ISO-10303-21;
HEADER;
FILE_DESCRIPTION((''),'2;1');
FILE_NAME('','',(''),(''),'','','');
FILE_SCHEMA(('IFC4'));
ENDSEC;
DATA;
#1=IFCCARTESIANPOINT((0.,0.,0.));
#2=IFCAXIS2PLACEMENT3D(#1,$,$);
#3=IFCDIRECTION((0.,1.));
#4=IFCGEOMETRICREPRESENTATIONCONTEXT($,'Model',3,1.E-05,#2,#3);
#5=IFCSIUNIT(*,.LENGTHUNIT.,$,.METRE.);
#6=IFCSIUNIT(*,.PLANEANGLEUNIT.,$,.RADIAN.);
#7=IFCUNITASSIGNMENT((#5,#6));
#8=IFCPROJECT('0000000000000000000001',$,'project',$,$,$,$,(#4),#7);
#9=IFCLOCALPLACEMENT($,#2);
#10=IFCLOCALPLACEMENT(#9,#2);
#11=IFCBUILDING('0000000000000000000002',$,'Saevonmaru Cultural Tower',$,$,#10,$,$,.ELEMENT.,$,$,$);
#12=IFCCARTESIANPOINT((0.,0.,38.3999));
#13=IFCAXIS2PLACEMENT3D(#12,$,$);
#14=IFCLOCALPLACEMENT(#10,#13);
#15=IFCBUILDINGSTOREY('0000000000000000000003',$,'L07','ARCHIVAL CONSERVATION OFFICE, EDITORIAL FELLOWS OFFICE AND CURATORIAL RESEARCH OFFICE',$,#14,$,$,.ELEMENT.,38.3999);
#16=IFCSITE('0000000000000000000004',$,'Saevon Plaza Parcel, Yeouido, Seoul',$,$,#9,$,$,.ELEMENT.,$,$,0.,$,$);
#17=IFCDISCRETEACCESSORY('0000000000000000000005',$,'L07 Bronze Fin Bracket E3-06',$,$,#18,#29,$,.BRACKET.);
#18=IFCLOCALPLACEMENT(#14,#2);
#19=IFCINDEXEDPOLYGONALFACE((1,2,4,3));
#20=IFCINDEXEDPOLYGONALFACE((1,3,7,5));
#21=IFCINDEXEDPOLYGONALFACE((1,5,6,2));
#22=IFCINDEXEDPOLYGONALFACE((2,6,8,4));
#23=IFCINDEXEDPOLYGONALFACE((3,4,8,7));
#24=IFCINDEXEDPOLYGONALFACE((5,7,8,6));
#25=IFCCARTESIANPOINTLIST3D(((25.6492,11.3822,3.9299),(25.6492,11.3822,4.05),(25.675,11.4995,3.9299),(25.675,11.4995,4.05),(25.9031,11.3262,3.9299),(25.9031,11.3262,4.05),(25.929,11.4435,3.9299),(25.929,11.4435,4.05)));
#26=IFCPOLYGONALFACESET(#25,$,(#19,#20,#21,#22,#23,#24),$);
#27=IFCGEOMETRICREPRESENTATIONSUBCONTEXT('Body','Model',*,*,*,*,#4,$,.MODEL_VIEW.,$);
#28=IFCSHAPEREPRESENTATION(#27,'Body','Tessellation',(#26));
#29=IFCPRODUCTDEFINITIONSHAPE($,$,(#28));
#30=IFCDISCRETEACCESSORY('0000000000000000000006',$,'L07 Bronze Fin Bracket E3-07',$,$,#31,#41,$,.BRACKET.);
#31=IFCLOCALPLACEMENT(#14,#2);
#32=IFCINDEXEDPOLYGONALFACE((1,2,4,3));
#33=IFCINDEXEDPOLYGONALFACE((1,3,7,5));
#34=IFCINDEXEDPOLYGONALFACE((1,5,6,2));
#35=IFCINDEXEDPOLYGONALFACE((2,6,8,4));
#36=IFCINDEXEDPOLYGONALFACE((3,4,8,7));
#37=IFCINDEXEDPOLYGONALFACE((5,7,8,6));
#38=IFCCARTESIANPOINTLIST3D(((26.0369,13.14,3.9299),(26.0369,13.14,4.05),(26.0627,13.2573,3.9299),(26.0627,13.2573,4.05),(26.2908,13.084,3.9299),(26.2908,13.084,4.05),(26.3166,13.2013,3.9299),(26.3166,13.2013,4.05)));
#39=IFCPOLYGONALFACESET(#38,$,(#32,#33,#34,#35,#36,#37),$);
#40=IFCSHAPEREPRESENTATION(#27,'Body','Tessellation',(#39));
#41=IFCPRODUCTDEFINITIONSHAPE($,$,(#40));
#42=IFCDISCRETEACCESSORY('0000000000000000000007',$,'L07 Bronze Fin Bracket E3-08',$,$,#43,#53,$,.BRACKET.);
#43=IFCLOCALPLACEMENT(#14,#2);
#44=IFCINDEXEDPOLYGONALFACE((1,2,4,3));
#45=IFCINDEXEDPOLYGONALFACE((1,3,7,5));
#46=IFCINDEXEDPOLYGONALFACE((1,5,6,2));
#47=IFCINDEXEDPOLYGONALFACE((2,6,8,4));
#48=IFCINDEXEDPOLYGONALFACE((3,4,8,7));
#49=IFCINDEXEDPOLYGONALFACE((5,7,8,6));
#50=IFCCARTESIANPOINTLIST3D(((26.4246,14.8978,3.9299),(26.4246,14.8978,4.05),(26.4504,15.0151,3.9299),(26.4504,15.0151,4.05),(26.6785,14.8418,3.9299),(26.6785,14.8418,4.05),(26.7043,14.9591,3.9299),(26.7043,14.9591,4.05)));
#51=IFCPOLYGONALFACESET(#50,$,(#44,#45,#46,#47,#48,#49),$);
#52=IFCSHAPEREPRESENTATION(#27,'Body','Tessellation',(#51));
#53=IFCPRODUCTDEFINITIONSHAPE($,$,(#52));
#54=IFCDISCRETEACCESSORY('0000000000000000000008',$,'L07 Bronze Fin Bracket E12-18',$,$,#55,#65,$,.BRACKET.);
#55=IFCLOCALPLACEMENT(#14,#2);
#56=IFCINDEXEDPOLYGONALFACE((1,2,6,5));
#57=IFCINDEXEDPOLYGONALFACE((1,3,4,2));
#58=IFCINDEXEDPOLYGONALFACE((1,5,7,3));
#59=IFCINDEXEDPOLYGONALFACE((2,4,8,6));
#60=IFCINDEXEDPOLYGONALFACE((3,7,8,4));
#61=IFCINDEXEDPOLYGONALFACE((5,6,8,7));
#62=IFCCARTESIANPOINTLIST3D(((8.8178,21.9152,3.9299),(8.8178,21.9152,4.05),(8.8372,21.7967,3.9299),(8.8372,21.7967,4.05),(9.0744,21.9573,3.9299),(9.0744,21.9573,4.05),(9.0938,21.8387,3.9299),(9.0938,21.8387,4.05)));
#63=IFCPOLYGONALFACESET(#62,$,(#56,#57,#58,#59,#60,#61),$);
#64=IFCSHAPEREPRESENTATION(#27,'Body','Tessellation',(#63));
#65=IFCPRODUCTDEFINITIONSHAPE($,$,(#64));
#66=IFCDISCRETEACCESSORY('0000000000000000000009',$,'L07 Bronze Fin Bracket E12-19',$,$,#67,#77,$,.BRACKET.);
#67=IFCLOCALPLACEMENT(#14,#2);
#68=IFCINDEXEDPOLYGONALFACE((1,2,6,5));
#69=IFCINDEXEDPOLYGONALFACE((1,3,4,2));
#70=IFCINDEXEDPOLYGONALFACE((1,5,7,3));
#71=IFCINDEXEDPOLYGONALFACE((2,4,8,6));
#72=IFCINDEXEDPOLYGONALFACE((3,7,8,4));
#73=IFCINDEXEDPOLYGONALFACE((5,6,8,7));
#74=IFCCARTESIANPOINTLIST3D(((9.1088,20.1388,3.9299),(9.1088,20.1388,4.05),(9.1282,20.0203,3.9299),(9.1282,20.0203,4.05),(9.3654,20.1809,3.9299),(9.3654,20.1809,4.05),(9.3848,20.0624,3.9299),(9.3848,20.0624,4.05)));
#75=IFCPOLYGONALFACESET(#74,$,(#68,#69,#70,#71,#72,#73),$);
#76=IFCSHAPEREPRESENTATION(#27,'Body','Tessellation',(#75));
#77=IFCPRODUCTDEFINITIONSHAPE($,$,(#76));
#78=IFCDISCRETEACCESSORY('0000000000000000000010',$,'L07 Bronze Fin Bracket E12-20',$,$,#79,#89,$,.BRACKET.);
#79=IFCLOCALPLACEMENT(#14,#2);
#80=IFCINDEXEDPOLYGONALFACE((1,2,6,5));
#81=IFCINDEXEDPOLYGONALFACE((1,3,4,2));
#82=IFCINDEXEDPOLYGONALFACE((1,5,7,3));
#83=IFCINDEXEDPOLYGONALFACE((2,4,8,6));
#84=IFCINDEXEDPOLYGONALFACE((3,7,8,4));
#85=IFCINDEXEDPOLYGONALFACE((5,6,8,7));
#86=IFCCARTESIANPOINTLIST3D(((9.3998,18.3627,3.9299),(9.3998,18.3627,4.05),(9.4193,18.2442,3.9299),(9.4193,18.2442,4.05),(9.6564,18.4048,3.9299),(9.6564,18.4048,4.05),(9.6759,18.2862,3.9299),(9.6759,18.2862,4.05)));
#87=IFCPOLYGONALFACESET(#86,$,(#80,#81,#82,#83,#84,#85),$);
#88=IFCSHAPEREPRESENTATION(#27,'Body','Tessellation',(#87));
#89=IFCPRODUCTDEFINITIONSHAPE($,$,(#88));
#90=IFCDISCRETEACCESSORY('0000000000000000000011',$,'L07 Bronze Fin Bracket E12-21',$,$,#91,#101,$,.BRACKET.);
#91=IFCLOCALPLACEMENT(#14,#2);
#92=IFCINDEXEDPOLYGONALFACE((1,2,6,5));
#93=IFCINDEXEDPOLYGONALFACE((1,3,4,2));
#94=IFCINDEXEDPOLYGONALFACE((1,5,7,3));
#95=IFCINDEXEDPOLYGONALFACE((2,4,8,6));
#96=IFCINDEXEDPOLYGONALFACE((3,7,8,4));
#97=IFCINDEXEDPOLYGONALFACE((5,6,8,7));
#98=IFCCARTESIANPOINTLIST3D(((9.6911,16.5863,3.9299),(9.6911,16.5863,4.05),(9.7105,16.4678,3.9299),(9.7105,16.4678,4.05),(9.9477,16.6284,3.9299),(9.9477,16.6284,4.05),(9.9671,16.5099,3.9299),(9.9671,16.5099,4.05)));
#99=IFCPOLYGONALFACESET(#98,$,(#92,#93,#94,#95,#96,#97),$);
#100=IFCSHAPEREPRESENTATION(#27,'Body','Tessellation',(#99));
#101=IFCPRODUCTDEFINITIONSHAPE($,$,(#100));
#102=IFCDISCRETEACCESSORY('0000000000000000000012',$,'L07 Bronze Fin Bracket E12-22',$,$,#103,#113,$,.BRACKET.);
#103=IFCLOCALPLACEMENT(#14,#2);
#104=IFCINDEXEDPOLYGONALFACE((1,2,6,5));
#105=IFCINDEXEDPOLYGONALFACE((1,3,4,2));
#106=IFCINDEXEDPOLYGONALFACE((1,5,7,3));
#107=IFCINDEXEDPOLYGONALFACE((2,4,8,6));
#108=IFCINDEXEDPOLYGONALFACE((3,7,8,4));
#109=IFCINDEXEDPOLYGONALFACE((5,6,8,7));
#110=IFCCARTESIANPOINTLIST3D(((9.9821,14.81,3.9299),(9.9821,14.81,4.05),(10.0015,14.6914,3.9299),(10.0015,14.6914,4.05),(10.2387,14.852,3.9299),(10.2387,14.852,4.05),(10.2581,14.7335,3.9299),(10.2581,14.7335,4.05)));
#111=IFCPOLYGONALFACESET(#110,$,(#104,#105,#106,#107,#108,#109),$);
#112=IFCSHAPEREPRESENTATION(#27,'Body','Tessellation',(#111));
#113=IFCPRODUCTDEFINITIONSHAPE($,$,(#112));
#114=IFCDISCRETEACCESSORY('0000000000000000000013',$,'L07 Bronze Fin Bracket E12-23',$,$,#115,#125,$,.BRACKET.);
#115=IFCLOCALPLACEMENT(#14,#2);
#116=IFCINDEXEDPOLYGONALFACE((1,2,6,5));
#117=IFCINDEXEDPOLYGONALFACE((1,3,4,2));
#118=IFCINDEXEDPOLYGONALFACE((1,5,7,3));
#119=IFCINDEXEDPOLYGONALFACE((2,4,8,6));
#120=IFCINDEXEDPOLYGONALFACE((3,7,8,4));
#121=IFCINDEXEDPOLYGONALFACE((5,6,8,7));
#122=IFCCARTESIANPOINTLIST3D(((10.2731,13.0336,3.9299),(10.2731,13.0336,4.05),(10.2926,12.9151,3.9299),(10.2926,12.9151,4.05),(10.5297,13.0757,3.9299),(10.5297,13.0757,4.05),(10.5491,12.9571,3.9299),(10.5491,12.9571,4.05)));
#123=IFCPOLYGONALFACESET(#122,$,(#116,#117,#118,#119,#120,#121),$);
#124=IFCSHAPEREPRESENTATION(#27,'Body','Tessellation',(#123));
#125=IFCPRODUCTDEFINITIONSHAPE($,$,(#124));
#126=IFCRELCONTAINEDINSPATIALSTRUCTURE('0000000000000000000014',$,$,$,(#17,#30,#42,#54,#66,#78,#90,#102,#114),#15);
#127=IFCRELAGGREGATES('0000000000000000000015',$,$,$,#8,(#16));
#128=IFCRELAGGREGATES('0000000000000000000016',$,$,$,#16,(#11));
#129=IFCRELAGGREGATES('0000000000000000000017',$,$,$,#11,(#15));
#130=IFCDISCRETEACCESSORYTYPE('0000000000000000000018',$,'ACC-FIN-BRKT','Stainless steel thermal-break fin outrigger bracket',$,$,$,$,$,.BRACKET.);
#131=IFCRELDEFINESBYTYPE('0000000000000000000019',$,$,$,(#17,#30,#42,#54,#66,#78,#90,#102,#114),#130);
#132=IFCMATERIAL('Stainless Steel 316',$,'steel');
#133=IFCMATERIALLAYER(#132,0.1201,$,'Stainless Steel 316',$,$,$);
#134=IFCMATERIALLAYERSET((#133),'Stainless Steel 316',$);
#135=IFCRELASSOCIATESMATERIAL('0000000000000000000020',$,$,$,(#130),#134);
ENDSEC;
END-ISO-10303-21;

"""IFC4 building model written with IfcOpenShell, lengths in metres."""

from ifc_helpers import new_model, si_unit, direction, frame, origin, origin_2d, place, context, subcontext, project, spatial, rectangle, extrude, material, layer, layer_set, type_object, element, save


model = new_model("IFC4")

# Units and contexts
model_context = context("Model", 3, precision=1e-05, world=origin(), true_north=direction((0.0, 1.0)))
body_context = subcontext(model_context, "Body", "Model", "MODEL_VIEW")
ifc_project = project(units=[si_unit("LENGTHUNIT", "METRE"), si_unit("PLANEANGLEUNIT", "RADIAN")], contexts=[model_context])

# Site, building, storey
site_placement = place(None, origin())
site = spatial("IfcSite", under=ifc_project, at=site_placement, Name="Saevon Plaza Parcel, Yeouido, Seoul", CompositionType="ELEMENT", RefElevation=0.0)
building_placement = place(site_placement, origin())
building = spatial("IfcBuilding", under=site, at=building_placement, Name="Saevonmaru Cultural Tower", CompositionType="ELEMENT")
storey_placement = place(building_placement, frame((0.0, 0.0, 38.3999)))
storey = spatial("IfcBuildingStorey", under=building, at=storey_placement, Name="L07", Description="ARCHIVAL CONSERVATION OFFICE, EDITORIAL FELLOWS OFFICE AND CURATORIAL RESEARCH OFFICE", CompositionType="ELEMENT", Elevation=38.3999)

# Discrete accessories
ifc_material_1 = material(Name="Stainless Steel 316", Category="steel")
ifc_layer_1 = layer(ifc_material_1, 0.1201, Name="Stainless Steel 316")
ifc_layer_set_1 = layer_set([ifc_layer_1], Name="Stainless Steel 316")
discrete_accessory_type = type_object("IfcDiscreteAccessoryType", Name="ACC-FIN-BRKT", Description="Stainless steel thermal-break fin outrigger bracket", PredefinedType="BRACKET", material=ifc_layer_set_1)
for number, where, z_axis, x_axis, name in (
    (1, (25.7891, 11.4128, 3.9299), (0.0, 0.0, 1.0), (0.976522, -0.215417, 0.0), "L07 Bronze Fin Bracket E3-06"),
    (2, (26.1768, 13.1707, 3.9299), (0.0, 0.0, 1.0), (0.976522, -0.215417, 0.0), "L07 Bronze Fin Bracket E3-07"),
    (3, (26.5645, 14.9285, 3.9299), (0.0, 0.0, 1.0), (0.976522, -0.215417, 0.0), "L07 Bronze Fin Bracket E3-08"),
    (4, (8.9558, 21.877, 3.9299), (0.0, 0.0, 1.0), (-0.986827, -0.161776, 0.0), "L07 Bronze Fin Bracket E12-18"),
    (5, (9.2468, 20.1006, 3.9299), (0.0, 0.0, 1.0), (-0.986827, -0.161776, 0.0), "L07 Bronze Fin Bracket E12-19"),
    (6, (9.5378, 18.3245, 3.9299), (0.0, 0.0, 1.0), (-0.986827, -0.161776, 0.0), "L07 Bronze Fin Bracket E12-20"),
    (7, (9.8291, 16.5481, 3.9299), (0.0, 0.0, 1.0), (-0.986827, -0.161776, 0.0), "L07 Bronze Fin Bracket E12-21"),
    (8, (10.1201, 14.7717, 3.9299), (0.0, 0.0, 1.0), (-0.986827, -0.161776, 0.0), "L07 Bronze Fin Bracket E12-22"),
    (9, (10.4111, 12.9954, 3.9299), (0.0, 0.0, 1.0), (-0.986827, -0.161776, 0.0), "L07 Bronze Fin Bracket E12-23"),
):
    element("IfcDiscreteAccessory", number, at=place(storey_placement, frame(where, z_axis=z_axis, x_axis=x_axis)), inside=storey, type_object=discrete_accessory_type, Name=name, PredefinedType="BRACKET", context=body_context, shape_type="SweptSolid", body=[
        extrude(rectangle(XDim=0.26, YDim=0.1201, at=origin_2d()), origin(), (0.0, 0.0, 1.0), 0.1201),
    ])

save(model, "model.ifc")
